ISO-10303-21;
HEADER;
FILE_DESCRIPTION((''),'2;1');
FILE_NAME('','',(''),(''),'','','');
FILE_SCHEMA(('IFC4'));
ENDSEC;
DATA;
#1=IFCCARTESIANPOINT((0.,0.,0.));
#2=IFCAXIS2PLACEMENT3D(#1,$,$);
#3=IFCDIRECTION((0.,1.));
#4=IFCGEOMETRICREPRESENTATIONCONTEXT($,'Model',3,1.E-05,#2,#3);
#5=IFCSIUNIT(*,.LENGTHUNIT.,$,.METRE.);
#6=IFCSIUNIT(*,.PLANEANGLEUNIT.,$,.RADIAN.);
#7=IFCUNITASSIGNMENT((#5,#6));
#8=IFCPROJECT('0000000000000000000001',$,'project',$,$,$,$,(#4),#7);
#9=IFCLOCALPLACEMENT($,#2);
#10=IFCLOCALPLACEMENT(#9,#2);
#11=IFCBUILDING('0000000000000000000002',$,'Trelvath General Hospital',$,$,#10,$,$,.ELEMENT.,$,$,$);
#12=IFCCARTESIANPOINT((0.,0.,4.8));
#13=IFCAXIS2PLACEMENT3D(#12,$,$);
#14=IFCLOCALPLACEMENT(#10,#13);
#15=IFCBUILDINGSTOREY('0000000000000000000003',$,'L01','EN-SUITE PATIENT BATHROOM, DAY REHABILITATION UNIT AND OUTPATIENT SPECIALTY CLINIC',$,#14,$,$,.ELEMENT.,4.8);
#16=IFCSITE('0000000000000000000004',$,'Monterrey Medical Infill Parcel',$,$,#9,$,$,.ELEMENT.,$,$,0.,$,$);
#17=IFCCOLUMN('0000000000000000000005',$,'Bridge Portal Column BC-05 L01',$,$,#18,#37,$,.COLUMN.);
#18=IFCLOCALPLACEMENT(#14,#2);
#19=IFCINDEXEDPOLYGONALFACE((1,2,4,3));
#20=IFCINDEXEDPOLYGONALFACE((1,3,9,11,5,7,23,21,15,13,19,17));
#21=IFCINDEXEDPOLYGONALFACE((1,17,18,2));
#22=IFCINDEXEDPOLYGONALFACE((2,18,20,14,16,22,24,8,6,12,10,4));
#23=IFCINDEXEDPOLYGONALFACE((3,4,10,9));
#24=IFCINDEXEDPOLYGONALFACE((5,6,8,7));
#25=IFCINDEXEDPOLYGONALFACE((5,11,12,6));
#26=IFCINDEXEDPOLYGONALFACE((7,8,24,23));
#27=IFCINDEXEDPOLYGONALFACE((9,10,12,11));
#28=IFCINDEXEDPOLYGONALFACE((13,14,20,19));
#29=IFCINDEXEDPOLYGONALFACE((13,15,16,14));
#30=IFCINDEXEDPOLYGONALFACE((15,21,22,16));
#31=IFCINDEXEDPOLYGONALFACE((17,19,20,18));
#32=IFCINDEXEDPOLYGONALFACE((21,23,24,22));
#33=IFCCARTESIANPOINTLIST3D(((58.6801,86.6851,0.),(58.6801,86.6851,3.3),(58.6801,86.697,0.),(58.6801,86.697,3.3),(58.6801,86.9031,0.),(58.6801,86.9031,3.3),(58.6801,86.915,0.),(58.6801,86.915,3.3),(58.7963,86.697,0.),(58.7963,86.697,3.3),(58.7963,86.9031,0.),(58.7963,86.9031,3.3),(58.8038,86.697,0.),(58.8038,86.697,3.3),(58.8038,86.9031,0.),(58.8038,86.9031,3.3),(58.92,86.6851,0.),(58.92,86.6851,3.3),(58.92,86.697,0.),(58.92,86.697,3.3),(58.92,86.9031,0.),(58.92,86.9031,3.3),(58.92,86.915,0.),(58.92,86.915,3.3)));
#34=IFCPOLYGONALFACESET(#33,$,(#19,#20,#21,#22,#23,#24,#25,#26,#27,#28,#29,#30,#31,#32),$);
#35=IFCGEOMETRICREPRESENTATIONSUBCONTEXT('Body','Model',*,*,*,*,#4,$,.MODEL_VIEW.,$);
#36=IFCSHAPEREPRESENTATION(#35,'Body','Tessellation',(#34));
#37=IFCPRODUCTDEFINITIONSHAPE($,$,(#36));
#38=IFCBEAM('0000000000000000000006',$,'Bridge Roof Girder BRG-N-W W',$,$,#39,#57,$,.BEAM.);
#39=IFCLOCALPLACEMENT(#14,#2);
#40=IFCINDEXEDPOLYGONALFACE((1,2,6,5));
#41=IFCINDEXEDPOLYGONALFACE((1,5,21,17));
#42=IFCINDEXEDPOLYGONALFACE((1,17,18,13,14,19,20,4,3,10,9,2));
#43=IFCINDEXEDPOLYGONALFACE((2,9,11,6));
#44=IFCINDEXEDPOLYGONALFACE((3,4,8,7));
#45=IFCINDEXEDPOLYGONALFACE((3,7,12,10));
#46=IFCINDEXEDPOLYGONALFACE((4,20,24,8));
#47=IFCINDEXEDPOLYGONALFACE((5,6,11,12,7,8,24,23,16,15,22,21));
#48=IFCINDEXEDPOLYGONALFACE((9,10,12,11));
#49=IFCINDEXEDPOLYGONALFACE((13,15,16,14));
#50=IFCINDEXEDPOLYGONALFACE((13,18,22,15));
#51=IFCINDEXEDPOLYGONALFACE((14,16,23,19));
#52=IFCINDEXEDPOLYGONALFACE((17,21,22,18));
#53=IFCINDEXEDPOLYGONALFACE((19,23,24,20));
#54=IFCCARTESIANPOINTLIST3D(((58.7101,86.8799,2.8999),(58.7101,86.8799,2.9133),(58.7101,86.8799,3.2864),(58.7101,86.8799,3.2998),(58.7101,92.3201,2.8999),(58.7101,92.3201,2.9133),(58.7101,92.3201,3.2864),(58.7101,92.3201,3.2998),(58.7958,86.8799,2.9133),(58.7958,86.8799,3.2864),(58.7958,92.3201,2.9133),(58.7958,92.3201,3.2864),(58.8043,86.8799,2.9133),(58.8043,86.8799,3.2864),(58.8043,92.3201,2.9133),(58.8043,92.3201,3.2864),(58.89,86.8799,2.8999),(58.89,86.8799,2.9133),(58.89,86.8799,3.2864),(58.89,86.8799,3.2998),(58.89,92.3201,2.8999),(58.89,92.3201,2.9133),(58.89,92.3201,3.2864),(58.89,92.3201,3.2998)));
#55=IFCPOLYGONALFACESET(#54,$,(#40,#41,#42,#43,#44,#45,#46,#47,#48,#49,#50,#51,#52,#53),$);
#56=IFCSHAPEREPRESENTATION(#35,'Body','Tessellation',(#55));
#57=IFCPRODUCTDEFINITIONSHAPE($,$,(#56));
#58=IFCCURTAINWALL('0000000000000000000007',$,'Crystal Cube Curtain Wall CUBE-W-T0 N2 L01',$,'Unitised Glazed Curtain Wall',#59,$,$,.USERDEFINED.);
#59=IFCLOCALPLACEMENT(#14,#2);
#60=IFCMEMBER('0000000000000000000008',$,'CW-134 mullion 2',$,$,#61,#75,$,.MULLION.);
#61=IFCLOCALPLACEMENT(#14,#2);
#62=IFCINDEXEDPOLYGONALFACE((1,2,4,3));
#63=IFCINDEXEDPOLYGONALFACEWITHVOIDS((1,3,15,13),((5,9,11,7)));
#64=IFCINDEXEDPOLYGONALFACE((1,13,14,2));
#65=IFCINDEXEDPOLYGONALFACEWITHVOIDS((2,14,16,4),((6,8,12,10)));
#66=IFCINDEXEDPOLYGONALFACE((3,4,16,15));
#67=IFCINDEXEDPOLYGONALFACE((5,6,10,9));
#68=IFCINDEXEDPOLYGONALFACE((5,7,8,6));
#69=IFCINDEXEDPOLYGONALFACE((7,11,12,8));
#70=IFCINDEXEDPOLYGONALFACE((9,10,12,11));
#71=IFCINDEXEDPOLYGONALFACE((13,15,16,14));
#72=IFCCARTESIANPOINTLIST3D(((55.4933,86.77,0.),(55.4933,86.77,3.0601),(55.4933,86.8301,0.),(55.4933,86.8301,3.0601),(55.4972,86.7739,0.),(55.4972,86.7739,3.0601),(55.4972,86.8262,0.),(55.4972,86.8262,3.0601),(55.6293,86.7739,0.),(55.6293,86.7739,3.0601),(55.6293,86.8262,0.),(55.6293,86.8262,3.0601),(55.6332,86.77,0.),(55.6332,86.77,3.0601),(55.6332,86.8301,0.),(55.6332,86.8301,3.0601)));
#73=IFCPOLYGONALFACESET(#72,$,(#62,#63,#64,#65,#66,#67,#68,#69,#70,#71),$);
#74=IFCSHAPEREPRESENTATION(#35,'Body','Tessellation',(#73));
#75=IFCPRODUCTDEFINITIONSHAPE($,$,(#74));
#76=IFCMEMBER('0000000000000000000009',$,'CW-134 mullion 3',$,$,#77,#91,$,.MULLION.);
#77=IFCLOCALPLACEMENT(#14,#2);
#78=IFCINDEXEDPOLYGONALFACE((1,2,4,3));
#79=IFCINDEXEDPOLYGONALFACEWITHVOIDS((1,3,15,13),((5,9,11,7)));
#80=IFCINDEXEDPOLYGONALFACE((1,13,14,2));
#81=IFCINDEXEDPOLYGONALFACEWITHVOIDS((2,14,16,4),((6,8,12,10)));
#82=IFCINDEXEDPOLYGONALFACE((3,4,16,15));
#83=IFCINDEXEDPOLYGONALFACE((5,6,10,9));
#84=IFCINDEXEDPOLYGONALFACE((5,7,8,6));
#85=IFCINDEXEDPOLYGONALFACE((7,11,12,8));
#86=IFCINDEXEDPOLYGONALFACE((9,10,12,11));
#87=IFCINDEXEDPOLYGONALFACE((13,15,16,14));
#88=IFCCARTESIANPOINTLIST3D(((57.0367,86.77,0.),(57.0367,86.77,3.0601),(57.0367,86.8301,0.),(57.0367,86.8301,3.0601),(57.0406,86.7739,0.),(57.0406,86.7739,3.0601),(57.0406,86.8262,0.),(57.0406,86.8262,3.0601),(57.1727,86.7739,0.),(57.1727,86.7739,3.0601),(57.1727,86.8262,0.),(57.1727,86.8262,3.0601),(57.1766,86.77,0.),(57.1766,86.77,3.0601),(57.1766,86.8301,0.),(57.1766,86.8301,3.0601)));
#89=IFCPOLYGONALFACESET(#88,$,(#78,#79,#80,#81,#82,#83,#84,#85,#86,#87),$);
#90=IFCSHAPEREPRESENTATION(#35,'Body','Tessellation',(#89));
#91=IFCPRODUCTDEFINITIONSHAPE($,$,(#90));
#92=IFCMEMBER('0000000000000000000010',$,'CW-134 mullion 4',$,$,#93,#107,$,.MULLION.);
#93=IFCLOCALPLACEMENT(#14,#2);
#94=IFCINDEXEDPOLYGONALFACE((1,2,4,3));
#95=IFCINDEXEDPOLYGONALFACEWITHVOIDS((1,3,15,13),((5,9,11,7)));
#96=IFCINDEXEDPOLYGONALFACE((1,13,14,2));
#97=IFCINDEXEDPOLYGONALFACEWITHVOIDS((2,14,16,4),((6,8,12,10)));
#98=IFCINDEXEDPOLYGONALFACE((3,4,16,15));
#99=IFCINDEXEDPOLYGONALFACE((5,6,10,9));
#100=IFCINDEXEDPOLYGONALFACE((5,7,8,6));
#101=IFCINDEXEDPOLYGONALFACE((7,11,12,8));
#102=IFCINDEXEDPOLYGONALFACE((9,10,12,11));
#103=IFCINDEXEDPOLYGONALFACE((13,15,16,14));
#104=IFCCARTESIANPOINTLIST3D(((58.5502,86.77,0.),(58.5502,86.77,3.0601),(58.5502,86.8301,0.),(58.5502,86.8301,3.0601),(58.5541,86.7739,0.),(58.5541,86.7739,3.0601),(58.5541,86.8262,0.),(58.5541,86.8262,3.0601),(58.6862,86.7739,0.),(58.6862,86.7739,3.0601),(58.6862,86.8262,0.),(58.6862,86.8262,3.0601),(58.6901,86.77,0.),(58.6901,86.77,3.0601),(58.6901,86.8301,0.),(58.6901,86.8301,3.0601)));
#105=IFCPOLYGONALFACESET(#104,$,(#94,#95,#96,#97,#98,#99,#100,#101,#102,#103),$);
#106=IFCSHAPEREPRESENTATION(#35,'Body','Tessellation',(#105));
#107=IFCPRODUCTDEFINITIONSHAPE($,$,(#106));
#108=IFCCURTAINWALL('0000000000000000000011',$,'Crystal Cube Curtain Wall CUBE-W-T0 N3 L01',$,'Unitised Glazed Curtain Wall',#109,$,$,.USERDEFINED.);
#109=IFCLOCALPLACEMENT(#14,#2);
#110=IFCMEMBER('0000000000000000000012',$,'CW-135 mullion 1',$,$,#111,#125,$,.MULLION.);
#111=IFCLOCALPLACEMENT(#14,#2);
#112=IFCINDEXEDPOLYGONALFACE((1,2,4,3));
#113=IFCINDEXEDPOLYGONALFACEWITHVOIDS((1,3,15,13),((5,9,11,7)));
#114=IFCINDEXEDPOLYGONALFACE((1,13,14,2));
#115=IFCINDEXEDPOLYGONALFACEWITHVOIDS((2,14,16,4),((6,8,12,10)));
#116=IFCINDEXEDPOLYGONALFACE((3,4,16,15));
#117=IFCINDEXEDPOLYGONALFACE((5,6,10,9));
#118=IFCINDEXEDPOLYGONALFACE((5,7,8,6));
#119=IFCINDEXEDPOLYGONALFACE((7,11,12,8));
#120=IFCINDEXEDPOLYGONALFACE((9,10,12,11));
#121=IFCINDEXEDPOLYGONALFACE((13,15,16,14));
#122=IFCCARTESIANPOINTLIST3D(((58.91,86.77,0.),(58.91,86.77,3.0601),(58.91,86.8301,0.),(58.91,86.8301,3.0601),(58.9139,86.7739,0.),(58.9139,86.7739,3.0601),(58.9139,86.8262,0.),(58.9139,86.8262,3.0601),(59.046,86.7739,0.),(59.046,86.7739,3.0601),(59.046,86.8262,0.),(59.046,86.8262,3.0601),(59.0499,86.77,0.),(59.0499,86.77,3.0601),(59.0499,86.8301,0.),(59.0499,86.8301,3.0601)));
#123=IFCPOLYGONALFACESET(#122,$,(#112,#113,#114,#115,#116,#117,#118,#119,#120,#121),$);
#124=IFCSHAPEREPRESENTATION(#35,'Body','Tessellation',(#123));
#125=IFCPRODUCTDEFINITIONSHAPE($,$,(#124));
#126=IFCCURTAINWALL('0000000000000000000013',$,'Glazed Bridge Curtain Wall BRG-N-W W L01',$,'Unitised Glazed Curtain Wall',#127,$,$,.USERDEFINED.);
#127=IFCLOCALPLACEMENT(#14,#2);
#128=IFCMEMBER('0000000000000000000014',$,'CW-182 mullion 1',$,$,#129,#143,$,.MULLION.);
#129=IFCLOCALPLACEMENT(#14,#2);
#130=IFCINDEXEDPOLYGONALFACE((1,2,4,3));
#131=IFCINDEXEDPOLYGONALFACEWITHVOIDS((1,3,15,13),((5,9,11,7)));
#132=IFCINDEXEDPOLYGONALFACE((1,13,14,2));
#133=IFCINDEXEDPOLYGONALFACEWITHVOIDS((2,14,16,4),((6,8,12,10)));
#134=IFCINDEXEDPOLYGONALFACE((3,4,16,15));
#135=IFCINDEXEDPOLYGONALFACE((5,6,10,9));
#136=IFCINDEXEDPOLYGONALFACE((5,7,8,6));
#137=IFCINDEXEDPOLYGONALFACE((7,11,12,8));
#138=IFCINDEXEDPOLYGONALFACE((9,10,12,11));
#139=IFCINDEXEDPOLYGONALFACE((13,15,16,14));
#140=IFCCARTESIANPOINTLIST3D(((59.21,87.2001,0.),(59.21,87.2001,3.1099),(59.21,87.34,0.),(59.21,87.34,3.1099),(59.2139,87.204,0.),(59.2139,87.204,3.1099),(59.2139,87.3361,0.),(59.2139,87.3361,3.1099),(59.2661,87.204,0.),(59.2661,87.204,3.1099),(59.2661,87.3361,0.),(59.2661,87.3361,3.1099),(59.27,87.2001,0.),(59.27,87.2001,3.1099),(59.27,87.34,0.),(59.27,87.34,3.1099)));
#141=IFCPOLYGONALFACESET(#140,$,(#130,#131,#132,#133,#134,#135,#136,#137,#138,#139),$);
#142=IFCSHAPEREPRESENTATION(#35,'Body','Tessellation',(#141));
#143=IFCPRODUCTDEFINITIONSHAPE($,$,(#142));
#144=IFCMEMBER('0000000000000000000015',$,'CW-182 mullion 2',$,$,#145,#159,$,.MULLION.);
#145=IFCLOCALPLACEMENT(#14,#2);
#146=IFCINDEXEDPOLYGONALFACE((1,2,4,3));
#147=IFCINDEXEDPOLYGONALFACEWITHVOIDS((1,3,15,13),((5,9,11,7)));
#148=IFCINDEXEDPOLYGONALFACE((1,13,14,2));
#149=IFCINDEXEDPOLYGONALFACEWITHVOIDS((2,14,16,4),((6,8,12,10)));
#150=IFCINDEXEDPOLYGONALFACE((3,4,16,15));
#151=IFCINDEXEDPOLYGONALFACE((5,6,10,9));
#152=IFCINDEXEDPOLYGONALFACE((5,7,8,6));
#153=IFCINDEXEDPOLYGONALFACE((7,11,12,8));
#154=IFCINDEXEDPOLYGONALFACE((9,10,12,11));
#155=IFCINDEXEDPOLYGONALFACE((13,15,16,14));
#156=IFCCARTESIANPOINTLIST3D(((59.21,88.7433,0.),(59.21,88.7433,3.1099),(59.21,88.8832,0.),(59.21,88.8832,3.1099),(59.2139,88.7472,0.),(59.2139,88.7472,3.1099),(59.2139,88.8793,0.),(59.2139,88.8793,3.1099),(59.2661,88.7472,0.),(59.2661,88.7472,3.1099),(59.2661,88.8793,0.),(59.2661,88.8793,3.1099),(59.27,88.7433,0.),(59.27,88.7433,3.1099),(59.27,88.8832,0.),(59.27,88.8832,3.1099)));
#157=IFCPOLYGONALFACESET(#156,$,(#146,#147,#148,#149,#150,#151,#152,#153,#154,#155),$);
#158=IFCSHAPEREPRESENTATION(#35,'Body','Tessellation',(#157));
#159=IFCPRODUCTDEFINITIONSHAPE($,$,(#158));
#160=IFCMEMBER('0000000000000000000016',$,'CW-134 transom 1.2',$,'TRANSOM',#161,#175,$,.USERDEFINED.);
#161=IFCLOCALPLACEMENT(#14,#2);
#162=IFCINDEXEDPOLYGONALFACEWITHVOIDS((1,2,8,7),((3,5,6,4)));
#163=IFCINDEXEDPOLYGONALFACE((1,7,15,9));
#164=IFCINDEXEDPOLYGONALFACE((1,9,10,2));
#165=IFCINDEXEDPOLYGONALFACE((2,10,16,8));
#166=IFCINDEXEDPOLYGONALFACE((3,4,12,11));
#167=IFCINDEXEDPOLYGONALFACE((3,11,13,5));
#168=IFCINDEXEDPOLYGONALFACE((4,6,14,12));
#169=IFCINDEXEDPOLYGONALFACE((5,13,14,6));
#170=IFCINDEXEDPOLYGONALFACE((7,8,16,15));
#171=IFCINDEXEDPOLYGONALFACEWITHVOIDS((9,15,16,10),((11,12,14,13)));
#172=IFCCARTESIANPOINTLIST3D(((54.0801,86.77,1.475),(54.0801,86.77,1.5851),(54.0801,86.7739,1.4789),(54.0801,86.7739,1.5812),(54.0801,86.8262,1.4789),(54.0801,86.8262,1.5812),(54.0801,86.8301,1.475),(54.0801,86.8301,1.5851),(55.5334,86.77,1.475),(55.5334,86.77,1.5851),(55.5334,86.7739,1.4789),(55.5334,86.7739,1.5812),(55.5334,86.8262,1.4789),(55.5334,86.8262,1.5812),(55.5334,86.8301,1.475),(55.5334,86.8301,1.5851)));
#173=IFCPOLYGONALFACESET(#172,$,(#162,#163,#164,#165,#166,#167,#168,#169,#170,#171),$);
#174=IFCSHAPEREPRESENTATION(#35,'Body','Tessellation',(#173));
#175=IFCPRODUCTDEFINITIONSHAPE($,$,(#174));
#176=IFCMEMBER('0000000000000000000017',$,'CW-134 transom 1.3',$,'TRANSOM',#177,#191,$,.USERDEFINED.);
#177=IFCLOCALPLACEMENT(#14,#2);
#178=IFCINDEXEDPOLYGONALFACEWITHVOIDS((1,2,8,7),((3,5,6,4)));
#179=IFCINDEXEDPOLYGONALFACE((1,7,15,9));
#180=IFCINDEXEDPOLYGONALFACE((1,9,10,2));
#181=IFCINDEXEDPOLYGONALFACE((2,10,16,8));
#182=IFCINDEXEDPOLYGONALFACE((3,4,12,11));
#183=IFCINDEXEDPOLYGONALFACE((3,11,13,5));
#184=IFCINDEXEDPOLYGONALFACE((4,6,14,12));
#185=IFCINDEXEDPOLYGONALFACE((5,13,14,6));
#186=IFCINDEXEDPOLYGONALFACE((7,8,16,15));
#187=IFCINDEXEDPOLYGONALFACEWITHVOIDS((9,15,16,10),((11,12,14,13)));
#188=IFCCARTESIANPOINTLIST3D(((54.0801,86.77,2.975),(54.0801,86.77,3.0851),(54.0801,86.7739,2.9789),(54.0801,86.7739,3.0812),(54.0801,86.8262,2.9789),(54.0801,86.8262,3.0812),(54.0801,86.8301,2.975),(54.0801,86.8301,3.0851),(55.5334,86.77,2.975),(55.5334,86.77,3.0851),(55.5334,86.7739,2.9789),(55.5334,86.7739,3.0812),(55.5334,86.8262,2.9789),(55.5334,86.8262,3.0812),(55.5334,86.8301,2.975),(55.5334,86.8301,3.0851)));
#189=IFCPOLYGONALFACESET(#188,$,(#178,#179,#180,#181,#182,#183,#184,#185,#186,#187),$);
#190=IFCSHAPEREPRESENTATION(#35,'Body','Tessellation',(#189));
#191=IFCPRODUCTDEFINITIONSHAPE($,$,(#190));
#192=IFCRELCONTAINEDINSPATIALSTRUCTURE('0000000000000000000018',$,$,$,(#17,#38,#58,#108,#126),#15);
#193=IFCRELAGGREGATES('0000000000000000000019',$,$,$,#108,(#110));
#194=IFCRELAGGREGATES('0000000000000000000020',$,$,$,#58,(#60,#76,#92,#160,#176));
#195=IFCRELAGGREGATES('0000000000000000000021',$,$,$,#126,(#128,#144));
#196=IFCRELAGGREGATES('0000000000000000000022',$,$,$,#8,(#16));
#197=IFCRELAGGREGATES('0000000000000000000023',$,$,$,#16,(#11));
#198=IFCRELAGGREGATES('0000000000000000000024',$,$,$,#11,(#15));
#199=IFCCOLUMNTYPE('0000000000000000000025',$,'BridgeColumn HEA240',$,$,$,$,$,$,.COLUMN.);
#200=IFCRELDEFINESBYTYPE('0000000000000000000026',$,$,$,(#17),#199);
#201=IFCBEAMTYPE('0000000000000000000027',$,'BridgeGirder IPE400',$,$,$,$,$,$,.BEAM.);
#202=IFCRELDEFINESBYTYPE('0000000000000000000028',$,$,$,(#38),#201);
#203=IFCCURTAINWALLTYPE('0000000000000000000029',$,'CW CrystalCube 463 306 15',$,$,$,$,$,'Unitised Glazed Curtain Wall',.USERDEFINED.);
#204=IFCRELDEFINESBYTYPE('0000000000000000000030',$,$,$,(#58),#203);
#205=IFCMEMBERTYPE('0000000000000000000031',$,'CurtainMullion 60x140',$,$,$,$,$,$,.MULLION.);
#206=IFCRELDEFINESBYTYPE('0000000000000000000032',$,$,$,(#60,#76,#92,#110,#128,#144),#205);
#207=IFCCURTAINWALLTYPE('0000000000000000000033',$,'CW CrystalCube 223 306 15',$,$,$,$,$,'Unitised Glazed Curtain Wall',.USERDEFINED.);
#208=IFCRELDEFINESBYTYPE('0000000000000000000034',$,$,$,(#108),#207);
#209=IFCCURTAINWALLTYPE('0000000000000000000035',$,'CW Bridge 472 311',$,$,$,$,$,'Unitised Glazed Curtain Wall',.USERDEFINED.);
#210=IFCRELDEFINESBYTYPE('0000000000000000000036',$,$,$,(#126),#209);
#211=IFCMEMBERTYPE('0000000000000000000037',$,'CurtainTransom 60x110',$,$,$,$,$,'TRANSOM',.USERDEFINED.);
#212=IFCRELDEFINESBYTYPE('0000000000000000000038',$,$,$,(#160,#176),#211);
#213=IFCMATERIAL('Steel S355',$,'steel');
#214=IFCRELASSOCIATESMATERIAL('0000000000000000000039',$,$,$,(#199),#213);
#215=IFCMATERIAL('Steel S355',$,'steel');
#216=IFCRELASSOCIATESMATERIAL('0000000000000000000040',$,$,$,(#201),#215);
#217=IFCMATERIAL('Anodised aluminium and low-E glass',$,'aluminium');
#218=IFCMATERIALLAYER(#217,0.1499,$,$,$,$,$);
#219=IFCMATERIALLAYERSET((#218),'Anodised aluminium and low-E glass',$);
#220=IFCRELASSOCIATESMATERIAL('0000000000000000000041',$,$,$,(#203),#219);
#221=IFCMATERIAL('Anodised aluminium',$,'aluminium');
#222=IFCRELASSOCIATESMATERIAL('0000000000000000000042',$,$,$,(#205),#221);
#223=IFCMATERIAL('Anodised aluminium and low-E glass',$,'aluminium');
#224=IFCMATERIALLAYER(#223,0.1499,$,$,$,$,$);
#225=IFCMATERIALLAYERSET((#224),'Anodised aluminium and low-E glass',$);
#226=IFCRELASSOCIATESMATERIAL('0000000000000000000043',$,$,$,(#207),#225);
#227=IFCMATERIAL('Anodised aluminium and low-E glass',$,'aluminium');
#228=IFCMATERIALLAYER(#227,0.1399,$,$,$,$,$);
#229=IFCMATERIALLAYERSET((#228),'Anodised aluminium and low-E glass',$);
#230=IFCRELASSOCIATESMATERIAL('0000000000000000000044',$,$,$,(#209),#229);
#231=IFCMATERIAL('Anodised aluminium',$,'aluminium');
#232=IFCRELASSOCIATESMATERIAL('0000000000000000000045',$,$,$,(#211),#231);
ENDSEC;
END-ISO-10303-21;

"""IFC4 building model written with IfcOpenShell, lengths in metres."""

from ifc_helpers import new_model, si_unit, direction, frame, origin, origin_2d, place, context, subcontext, project, spatial, hollow_rectangle, i_section, extrude, material, layer, layer_set, material_profile, profile_set, type_object, element, aggregate, save


model = new_model("IFC4")

# Units and contexts
model_context = context("Model", 3, precision=1e-05, world=origin(), true_north=direction((0.0, 1.0)))
body_context = subcontext(model_context, "Body", "Model", "MODEL_VIEW")
ifc_project = project(units=[si_unit("LENGTHUNIT", "METRE"), si_unit("PLANEANGLEUNIT", "RADIAN")], contexts=[model_context])

# Site, building, storey
site_placement = place(None, origin())
site = spatial("IfcSite", under=ifc_project, at=site_placement, Name="Monterrey Medical Infill Parcel", CompositionType="ELEMENT", RefElevation=0.0)
building_placement = place(site_placement, origin())
building = spatial("IfcBuilding", under=site, at=building_placement, Name="Trelvath General Hospital", CompositionType="ELEMENT")
storey_placement = place(building_placement, frame((0.0, 0.0, 4.8)))
storey = spatial("IfcBuildingStorey", under=building, at=storey_placement, Name="L01", Description="EN-SUITE PATIENT BATHROOM, DAY REHABILITATION UNIT AND OUTPATIENT SPECIALTY CLINIC", CompositionType="ELEMENT", Elevation=4.8)

# Column
ifc_material_1 = material(Name="Steel S355", Category="steel")
ifc_material_profile_1 = material_profile(ifc_material_1, i_section(OverallWidth=0.24, OverallDepth=0.23, WebThickness=0.0076, FlangeThickness=0.012, at=origin_2d()), Name="HEA240")
ifc_profile_set_1 = profile_set([ifc_material_profile_1], Name="Steel S355")
column_type = type_object("IfcColumnType", Name="BridgeColumn HEA240", PredefinedType="COLUMN", material=ifc_profile_set_1)
column_placement = place(storey_placement, frame((58.8, 86.8, 0.0), z_axis=(0.0, 0.0, 1.0), x_axis=(1.0, 0.0, 0.0)))
element("IfcColumn", 1, at=column_placement, inside=storey, type_object=column_type, Name="Bridge Portal Column BC-05 L01", PredefinedType="COLUMN", context=body_context, shape_type="SweptSolid", body=[
    extrude(i_section(OverallWidth=0.24, OverallDepth=0.23, WebThickness=0.0076, FlangeThickness=0.012, at=origin_2d()), origin(), (0.0, 0.0, 1.0), 3.3),
])

# Beam
ifc_material_2 = material(Name="Steel S355", Category="steel")
ifc_material_profile_2 = material_profile(ifc_material_2, i_section(OverallWidth=0.1799, OverallDepth=0.3999, WebThickness=0.0085, FlangeThickness=0.0134, at=origin_2d()), Name="IPE400")
ifc_profile_set_2 = profile_set([ifc_material_profile_2], Name="Steel S355")
beam_type = type_object("IfcBeamType", Name="BridgeGirder IPE400", PredefinedType="BEAM", material=ifc_profile_set_2)
beam_placement = place(storey_placement, frame((58.8, 86.8799, 3.0999), z_axis=(0.0, 1.0, 0.0), x_axis=(-1.0, 0.0, 0.0)))
element("IfcBeam", 2, at=beam_placement, inside=storey, type_object=beam_type, Name="Bridge Roof Girder BRG-N-W W", PredefinedType="BEAM", context=body_context, shape_type="SweptSolid", body=[
    extrude(i_section(OverallWidth=0.1799, OverallDepth=0.3999, WebThickness=0.0085, FlangeThickness=0.0134, at=origin_2d()), origin(), (0.0, 0.0, 1.0), 5.4402),
])

# Curtain wall, members
ifc_material_3 = material(Name="Anodised aluminium and low-E glass", Category="aluminium")
ifc_layer_1 = layer(ifc_material_3, 0.1499)
ifc_layer_set_1 = layer_set([ifc_layer_1], Name="Anodised aluminium and low-E glass")
curtain_wall_type_1 = type_object("IfcCurtainWallType", Name="CW CrystalCube 463 306 15", ElementType="Unitised Glazed Curtain Wall", PredefinedType="USERDEFINED", material=ifc_layer_set_1)
curtain_wall_1_placement = place(storey_placement, origin())
curtain_wall_1 = element("IfcCurtainWall", 3, at=curtain_wall_1_placement, inside=storey, type_object=curtain_wall_type_1, Name="Crystal Cube Curtain Wall CUBE-W-T0 N2 L01", ObjectType="Unitised Glazed Curtain Wall", PredefinedType="USERDEFINED")
ifc_material_4 = material(Name="Anodised aluminium", Category="aluminium")
ifc_material_profile_3 = material_profile(ifc_material_4, hollow_rectangle(XDim=0.0601, YDim=0.1399, WallThickness=0.0039, at=origin_2d()), Name="RHS60x140x4")
ifc_profile_set_3 = profile_set([ifc_material_profile_3], Name="Anodised aluminium")
member_type_1 = type_object("IfcMemberType", Name="CurtainMullion 60x140", PredefinedType="MULLION", material=ifc_profile_set_3)
member_1_placement = place(storey_placement, frame((55.5632, 86.8, 0.0), z_axis=(0.0, 0.0, 1.0), x_axis=(0.0, 1.0, 0.0)))
member_1 = element("IfcMember", 4, at=member_1_placement, type_object=member_type_1, Name="CW-134 mullion 2", PredefinedType="MULLION", context=body_context, shape_type="SweptSolid", body=[
    extrude(hollow_rectangle(XDim=0.0601, YDim=0.1399, WallThickness=0.0039, at=origin_2d()), origin(), (0.0, 0.0, 1.0), 3.0601),
])
member_2_placement = place(storey_placement, frame((57.1067, 86.8, 0.0), z_axis=(0.0, 0.0, 1.0), x_axis=(0.0, 1.0, 0.0)))
member_2 = element("IfcMember", 5, at=member_2_placement, type_object=member_type_1, Name="CW-134 mullion 3", PredefinedType="MULLION", context=body_context, shape_type="SweptSolid", body=[
    extrude(hollow_rectangle(XDim=0.0601, YDim=0.1399, WallThickness=0.0039, at=origin_2d()), origin(), (0.0, 0.0, 1.0), 3.0601),
])
member_3_placement = place(storey_placement, frame((58.6201, 86.8, 0.0), z_axis=(0.0, 0.0, 1.0), x_axis=(0.0, 1.0, 0.0)))
member_3 = element("IfcMember", 6, at=member_3_placement, type_object=member_type_1, Name="CW-134 mullion 4", PredefinedType="MULLION", context=body_context, shape_type="SweptSolid", body=[
    extrude(hollow_rectangle(XDim=0.0601, YDim=0.1399, WallThickness=0.0039, at=origin_2d()), origin(), (0.0, 0.0, 1.0), 3.0601),
])

# Curtain wall, member
ifc_material_5 = material(Name="Anodised aluminium and low-E glass", Category="aluminium")
ifc_layer_2 = layer(ifc_material_5, 0.1499)
ifc_layer_set_2 = layer_set([ifc_layer_2], Name="Anodised aluminium and low-E glass")
curtain_wall_type_2 = type_object("IfcCurtainWallType", Name="CW CrystalCube 223 306 15", ElementType="Unitised Glazed Curtain Wall", PredefinedType="USERDEFINED", material=ifc_layer_set_2)
curtain_wall_2_placement = place(storey_placement, origin())
curtain_wall_2 = element("IfcCurtainWall", 7, at=curtain_wall_2_placement, inside=storey, type_object=curtain_wall_type_2, Name="Crystal Cube Curtain Wall CUBE-W-T0 N3 L01", ObjectType="Unitised Glazed Curtain Wall", PredefinedType="USERDEFINED")
member_4_placement = place(storey_placement, frame((58.98, 86.8, 0.0), z_axis=(0.0, 0.0, 1.0), x_axis=(0.0, 1.0, 0.0)))
member_4 = element("IfcMember", 8, at=member_4_placement, type_object=member_type_1, Name="CW-135 mullion 1", PredefinedType="MULLION", context=body_context, shape_type="SweptSolid", body=[
    extrude(hollow_rectangle(XDim=0.0601, YDim=0.1399, WallThickness=0.0039, at=origin_2d()), origin(), (0.0, 0.0, 1.0), 3.0601),
])

# Curtain wall, members
ifc_material_6 = material(Name="Anodised aluminium and low-E glass", Category="aluminium")
ifc_layer_3 = layer(ifc_material_6, 0.1399)
ifc_layer_set_3 = layer_set([ifc_layer_3], Name="Anodised aluminium and low-E glass")
curtain_wall_type_3 = type_object("IfcCurtainWallType", Name="CW Bridge 472 311", ElementType="Unitised Glazed Curtain Wall", PredefinedType="USERDEFINED", material=ifc_layer_set_3)
curtain_wall_3_placement = place(storey_placement, origin())
curtain_wall_3 = element("IfcCurtainWall", 9, at=curtain_wall_3_placement, inside=storey, type_object=curtain_wall_type_3, Name="Glazed Bridge Curtain Wall BRG-N-W W L01", ObjectType="Unitised Glazed Curtain Wall", PredefinedType="USERDEFINED")
member_5_placement = place(storey_placement, frame((59.24, 87.27, 0.0), z_axis=(0.0, 0.0, 1.0), x_axis=(-1.0, 0.0, 0.0)))
member_5 = element("IfcMember", 10, at=member_5_placement, type_object=member_type_1, Name="CW-182 mullion 1", PredefinedType="MULLION", context=body_context, shape_type="SweptSolid", body=[
    extrude(hollow_rectangle(XDim=0.0601, YDim=0.1399, WallThickness=0.0039, at=origin_2d()), origin(), (0.0, 0.0, 1.0), 3.1099),
])
member_6_placement = place(storey_placement, frame((59.24, 88.8132, 0.0), z_axis=(0.0, 0.0, 1.0), x_axis=(-1.0, 0.0, 0.0)))
member_6 = element("IfcMember", 11, at=member_6_placement, type_object=member_type_1, Name="CW-182 mullion 2", PredefinedType="MULLION", context=body_context, shape_type="SweptSolid", body=[
    extrude(hollow_rectangle(XDim=0.0601, YDim=0.1399, WallThickness=0.0039, at=origin_2d()), origin(), (0.0, 0.0, 1.0), 3.1099),
])

# Members
ifc_material_7 = material(Name="Anodised aluminium", Category="aluminium")
ifc_material_profile_4 = material_profile(ifc_material_7, hollow_rectangle(XDim=0.0601, YDim=0.1101, WallThickness=0.0039, at=origin_2d()), Name="RHS60x110x4")
ifc_profile_set_4 = profile_set([ifc_material_profile_4], Name="Anodised aluminium")
member_type_2 = type_object("IfcMemberType", Name="CurtainTransom 60x110", ElementType="TRANSOM", PredefinedType="USERDEFINED", material=ifc_profile_set_4)
member_7_placement = place(storey_placement, frame((54.0801, 86.8, 1.53), z_axis=(1.0, 0.0, 0.0), x_axis=(0.0, 1.0, 0.0)))
member_7 = element("IfcMember", 12, at=member_7_placement, type_object=member_type_2, Name="CW-134 transom 1.2", ObjectType="TRANSOM", PredefinedType="USERDEFINED", context=body_context, shape_type="SweptSolid", body=[
    extrude(hollow_rectangle(XDim=0.0601, YDim=0.1101, WallThickness=0.0039, at=origin_2d()), origin(), (0.0, 0.0, 1.0), 1.4534),
])
member_8_placement = place(storey_placement, frame((54.0801, 86.8, 3.03), z_axis=(1.0, 0.0, 0.0), x_axis=(0.0, 1.0, 0.0)))
member_8 = element("IfcMember", 13, at=member_8_placement, type_object=member_type_2, Name="CW-134 transom 1.3", ObjectType="TRANSOM", PredefinedType="USERDEFINED", context=body_context, shape_type="SweptSolid", body=[
    extrude(hollow_rectangle(XDim=0.0601, YDim=0.1101, WallThickness=0.0039, at=origin_2d()), origin(), (0.0, 0.0, 1.0), 1.4534),
])
aggregate(curtain_wall_2, [member_4])

aggregate(curtain_wall_1, [member_1, member_2, member_3, member_7, member_8])
aggregate(curtain_wall_3, [member_5, member_6])

save(model, "model.ifc")
